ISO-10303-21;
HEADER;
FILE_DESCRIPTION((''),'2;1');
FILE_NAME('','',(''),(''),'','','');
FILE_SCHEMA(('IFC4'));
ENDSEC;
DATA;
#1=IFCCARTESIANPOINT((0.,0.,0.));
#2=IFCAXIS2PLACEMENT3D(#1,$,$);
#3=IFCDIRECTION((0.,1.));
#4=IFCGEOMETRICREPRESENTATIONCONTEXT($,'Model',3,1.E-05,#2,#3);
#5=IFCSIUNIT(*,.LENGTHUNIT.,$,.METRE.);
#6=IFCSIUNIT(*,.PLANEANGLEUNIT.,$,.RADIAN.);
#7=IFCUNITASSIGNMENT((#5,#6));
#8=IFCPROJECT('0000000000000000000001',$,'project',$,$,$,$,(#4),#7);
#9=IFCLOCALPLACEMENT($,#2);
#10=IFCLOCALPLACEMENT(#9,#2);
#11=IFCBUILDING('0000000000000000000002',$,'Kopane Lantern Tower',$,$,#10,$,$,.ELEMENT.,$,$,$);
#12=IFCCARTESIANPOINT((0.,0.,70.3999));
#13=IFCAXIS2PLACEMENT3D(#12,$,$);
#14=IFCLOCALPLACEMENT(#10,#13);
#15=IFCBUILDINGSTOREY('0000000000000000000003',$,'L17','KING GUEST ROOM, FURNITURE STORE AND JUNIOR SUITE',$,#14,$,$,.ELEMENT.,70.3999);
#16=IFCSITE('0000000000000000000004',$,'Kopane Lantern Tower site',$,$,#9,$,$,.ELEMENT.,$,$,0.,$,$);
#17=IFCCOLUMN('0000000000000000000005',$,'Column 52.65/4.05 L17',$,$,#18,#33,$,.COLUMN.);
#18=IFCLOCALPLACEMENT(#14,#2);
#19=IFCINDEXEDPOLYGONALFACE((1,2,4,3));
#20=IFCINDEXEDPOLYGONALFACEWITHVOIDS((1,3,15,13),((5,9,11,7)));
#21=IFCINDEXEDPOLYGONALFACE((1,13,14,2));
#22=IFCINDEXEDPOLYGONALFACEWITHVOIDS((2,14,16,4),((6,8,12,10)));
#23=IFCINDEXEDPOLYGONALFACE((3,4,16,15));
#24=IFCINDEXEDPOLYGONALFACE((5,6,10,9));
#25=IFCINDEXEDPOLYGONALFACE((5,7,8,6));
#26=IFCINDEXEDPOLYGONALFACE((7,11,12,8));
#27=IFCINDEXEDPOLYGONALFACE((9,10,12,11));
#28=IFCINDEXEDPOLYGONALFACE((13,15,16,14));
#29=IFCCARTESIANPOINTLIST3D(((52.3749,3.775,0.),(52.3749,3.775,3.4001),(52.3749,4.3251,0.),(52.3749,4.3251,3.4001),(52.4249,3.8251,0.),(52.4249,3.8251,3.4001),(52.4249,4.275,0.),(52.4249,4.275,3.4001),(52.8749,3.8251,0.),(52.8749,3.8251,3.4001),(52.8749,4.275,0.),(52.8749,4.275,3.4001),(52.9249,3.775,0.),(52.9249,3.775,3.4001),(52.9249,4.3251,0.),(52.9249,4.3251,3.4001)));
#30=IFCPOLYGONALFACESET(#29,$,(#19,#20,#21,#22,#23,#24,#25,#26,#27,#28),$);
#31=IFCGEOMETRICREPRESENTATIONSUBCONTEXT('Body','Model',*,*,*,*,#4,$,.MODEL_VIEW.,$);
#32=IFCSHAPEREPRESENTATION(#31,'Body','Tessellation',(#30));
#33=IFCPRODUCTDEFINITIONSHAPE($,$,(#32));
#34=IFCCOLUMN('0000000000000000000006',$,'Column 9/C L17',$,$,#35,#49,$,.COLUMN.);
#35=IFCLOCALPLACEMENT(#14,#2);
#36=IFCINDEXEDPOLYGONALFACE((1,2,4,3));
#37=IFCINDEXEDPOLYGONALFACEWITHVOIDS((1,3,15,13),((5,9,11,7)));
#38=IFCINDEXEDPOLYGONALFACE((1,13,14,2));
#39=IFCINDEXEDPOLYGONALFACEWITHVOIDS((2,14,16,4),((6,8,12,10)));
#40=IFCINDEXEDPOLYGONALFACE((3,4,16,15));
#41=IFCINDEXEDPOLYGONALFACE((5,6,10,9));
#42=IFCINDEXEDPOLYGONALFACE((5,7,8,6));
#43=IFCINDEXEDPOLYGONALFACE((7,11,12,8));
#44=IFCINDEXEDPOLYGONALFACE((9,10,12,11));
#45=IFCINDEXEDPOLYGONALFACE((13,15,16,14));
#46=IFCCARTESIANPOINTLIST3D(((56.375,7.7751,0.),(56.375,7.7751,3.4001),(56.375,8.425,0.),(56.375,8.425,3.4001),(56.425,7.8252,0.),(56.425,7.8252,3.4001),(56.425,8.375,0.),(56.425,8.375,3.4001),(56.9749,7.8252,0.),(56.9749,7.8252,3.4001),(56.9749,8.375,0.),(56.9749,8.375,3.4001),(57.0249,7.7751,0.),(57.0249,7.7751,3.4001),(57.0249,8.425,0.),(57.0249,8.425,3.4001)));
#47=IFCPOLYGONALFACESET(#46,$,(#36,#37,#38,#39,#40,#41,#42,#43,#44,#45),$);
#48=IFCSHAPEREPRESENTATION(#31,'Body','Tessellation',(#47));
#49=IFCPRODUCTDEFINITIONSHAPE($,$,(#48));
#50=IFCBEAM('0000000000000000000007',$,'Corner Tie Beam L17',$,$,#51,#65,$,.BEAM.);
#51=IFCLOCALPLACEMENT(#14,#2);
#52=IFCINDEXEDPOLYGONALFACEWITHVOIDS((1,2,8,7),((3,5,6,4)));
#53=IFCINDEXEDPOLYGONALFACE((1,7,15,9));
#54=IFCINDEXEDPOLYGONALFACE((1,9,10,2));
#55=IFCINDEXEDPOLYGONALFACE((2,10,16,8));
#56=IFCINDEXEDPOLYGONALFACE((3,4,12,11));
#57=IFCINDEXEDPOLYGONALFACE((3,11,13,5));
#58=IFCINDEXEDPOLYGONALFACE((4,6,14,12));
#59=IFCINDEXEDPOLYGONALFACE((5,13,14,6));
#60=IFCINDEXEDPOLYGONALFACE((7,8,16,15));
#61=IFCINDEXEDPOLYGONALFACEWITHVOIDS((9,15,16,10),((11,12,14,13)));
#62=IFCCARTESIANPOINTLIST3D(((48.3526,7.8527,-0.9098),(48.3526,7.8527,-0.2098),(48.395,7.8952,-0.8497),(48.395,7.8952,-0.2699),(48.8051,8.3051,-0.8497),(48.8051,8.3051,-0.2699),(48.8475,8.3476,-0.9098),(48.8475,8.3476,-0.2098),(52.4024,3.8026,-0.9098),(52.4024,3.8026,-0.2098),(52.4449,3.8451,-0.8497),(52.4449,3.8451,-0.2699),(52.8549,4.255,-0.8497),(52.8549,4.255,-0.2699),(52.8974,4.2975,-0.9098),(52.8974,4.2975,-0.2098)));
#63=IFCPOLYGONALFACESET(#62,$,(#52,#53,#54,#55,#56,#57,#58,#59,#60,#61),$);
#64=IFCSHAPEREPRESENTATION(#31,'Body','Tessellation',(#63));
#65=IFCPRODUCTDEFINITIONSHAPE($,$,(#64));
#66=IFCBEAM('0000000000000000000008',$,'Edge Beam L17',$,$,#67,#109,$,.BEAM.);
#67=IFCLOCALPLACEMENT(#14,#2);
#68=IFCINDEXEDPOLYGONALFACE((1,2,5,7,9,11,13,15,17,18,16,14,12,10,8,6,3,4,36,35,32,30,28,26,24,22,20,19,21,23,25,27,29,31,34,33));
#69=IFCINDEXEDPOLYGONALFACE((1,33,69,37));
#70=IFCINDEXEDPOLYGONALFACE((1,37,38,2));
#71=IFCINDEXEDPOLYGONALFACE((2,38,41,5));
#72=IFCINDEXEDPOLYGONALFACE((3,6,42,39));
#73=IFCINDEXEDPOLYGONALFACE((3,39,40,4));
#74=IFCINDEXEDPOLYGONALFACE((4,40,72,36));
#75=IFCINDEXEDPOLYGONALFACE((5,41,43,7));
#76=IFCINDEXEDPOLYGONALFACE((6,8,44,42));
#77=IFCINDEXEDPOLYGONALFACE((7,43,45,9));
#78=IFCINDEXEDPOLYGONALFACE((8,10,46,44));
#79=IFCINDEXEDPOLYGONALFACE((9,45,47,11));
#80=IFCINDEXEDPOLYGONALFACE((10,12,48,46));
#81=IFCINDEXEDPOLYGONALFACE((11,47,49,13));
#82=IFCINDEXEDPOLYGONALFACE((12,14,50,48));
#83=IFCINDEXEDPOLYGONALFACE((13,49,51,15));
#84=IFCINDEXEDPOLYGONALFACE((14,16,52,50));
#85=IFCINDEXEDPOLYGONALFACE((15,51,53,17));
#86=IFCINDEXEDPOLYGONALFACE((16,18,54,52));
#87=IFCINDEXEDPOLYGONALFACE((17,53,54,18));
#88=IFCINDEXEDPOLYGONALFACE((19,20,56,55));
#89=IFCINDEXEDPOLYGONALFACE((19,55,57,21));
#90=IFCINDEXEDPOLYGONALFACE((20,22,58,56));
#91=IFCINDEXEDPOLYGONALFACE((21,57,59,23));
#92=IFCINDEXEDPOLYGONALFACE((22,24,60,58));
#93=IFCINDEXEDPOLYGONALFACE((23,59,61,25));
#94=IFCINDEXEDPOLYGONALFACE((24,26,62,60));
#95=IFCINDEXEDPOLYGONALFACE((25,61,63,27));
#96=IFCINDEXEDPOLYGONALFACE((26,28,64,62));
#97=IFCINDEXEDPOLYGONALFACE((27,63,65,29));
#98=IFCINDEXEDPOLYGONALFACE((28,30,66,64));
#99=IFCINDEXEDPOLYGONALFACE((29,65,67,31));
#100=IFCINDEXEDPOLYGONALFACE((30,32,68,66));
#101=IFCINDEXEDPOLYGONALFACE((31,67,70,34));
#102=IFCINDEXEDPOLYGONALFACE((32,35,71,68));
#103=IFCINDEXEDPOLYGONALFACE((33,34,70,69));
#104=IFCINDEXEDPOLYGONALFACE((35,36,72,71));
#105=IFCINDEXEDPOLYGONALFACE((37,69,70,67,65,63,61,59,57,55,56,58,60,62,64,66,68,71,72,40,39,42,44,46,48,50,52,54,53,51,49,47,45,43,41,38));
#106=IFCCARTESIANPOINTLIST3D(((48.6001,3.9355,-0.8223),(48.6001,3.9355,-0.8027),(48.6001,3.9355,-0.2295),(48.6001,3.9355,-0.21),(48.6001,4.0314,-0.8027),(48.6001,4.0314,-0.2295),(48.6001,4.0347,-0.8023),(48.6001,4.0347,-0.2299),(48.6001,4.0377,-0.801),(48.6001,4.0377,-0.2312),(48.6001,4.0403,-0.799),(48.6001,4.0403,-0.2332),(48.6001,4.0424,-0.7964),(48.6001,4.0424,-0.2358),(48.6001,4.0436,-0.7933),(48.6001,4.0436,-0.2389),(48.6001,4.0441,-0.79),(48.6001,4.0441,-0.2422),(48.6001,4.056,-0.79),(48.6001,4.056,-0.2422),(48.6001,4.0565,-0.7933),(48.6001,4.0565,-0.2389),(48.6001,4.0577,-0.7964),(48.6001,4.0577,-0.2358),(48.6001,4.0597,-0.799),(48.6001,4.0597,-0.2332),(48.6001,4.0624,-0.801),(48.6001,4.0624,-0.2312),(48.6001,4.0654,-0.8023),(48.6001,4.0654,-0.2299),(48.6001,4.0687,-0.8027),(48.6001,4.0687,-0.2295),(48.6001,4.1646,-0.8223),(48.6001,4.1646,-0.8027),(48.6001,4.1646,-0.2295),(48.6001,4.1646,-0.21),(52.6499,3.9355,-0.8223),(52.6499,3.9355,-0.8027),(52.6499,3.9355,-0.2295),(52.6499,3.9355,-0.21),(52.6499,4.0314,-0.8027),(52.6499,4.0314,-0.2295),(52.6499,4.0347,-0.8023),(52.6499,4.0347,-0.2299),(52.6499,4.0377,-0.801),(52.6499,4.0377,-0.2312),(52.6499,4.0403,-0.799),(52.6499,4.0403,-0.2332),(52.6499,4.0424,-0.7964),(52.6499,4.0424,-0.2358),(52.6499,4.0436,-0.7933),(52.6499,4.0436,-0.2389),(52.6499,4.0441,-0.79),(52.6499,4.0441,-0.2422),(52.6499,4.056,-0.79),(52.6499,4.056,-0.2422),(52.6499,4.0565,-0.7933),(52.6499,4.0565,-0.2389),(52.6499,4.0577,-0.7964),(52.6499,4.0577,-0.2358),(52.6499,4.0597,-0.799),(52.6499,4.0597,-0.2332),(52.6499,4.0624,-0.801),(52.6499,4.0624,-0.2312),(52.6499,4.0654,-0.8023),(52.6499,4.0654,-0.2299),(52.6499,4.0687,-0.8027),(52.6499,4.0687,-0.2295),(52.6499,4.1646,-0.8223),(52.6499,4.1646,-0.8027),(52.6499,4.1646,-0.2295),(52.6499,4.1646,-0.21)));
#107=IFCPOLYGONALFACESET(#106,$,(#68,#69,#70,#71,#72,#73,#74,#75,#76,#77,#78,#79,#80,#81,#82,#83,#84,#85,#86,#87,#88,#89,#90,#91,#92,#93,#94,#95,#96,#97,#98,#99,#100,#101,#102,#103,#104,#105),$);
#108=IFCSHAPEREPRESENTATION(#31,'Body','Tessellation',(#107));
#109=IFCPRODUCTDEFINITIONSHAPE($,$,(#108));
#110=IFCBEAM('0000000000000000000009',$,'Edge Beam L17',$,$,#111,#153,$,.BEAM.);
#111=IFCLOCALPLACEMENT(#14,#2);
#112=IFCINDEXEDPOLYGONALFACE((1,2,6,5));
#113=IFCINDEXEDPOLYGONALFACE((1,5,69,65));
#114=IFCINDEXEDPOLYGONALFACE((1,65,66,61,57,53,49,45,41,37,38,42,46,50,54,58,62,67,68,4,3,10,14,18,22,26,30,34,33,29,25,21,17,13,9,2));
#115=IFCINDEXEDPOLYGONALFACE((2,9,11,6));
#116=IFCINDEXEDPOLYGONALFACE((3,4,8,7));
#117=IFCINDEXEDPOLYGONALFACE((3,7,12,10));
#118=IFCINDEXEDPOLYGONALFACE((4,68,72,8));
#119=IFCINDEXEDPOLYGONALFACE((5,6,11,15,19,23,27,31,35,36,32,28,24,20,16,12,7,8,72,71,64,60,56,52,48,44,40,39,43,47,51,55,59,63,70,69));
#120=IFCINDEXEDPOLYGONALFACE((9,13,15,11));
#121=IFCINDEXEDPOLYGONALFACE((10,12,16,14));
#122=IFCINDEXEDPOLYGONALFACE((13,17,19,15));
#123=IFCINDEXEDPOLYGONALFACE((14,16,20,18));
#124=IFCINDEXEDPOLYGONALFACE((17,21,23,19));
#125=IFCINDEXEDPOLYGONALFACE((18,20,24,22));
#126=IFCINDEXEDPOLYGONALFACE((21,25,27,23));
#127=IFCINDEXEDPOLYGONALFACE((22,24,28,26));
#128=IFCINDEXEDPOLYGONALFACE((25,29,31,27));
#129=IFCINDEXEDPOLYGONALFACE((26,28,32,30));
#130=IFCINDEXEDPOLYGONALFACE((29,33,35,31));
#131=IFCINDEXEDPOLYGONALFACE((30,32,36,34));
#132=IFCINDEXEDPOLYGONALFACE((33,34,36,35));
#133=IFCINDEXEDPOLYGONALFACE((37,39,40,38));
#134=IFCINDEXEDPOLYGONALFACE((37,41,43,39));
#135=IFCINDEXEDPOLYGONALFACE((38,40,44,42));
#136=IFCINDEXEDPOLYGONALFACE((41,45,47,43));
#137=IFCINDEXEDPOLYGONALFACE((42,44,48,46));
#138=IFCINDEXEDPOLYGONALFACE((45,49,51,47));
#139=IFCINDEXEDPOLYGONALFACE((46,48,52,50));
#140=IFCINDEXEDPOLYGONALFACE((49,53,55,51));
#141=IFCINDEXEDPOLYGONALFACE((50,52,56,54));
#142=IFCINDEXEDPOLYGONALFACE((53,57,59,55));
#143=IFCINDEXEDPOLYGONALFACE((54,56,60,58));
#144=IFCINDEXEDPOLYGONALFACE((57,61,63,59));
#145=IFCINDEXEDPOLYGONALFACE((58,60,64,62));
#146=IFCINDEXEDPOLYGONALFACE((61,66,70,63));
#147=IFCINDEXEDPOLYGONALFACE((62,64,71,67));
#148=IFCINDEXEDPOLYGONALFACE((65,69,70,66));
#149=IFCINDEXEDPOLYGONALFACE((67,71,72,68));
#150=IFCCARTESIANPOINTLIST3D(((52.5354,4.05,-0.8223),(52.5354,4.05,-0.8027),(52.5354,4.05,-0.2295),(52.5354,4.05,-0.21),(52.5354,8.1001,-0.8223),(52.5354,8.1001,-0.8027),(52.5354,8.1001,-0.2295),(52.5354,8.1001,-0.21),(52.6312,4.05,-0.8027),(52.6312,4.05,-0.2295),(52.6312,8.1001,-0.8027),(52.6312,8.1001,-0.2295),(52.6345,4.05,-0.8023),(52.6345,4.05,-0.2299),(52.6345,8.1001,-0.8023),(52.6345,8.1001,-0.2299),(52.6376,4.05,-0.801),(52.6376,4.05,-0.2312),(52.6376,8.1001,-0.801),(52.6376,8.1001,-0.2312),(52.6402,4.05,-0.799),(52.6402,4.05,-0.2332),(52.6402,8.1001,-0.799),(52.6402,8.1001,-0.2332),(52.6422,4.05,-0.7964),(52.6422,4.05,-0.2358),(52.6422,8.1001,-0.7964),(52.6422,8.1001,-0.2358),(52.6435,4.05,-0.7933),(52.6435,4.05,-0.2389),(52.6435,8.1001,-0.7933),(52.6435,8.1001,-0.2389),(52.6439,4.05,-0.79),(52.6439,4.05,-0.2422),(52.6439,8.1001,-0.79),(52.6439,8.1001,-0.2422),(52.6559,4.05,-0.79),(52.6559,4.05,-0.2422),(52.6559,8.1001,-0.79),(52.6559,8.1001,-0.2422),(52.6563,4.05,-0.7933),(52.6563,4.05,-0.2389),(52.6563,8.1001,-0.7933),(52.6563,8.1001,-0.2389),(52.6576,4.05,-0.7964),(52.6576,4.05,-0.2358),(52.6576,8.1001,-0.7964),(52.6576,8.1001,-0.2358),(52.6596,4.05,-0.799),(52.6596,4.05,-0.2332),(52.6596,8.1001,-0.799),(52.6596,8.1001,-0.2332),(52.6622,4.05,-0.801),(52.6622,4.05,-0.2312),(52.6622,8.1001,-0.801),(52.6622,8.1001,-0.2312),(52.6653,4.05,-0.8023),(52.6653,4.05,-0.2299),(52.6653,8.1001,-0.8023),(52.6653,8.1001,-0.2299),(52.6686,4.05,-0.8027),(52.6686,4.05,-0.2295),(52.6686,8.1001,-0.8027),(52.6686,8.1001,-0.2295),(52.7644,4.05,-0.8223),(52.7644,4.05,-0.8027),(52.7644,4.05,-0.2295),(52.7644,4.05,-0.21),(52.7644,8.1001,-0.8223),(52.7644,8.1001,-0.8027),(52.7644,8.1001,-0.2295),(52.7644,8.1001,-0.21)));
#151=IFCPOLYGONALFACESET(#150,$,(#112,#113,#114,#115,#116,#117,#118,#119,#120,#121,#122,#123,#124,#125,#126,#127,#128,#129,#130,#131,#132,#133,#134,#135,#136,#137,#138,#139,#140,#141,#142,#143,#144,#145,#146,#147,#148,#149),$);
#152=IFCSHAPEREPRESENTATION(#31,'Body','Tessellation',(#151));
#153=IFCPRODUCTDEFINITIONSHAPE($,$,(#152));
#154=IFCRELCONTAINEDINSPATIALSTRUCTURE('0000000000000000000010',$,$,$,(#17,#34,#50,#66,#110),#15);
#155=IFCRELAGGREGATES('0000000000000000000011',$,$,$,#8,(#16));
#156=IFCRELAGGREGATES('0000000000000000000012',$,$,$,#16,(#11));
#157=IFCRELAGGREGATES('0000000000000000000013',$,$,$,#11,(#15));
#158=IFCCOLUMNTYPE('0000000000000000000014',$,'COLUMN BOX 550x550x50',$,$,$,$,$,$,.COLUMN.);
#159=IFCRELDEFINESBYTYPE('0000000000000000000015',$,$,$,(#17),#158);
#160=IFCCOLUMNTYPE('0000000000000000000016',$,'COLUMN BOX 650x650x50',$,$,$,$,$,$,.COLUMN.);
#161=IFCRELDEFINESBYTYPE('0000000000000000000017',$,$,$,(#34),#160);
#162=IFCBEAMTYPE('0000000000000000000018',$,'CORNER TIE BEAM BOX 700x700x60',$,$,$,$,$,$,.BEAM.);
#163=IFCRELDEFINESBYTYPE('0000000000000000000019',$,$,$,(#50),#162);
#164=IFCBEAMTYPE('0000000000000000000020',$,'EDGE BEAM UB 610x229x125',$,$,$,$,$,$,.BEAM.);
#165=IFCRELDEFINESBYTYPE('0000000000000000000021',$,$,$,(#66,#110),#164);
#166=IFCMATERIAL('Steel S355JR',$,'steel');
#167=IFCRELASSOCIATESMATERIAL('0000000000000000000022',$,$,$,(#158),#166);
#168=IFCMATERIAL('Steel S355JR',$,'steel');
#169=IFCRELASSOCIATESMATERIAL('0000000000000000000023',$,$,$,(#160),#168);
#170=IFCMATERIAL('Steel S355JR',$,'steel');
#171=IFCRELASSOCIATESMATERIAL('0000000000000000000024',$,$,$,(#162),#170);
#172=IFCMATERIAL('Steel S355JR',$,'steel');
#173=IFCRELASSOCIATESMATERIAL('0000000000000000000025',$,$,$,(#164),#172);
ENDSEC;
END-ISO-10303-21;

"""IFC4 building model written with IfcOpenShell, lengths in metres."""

from ifc_helpers import new_model, si_unit, direction, frame, origin, origin_2d, place, context, subcontext, project, spatial, hollow_rectangle, i_section, extrude, material, material_profile, profile_set, type_object, element, save


model = new_model("IFC4")

# Units and contexts
model_context = context("Model", 3, precision=1e-05, world=origin(), true_north=direction((0.0, 1.0)))
body_context = subcontext(model_context, "Body", "Model", "MODEL_VIEW")
ifc_project = project(units=[si_unit("LENGTHUNIT", "METRE"), si_unit("PLANEANGLEUNIT", "RADIAN")], contexts=[model_context])

# Site, building, storey
site_placement = place(None, origin())
site = spatial("IfcSite", under=ifc_project, at=site_placement, Name="Kopane Lantern Tower site", CompositionType="ELEMENT", RefElevation=0.0)
building_placement = place(site_placement, origin())
building = spatial("IfcBuilding", under=site, at=building_placement, Name="Kopane Lantern Tower", CompositionType="ELEMENT")
storey_placement = place(building_placement, frame((0.0, 0.0, 70.3999)))
storey = spatial("IfcBuildingStorey", under=building, at=storey_placement, Name="L17", Description="KING GUEST ROOM, FURNITURE STORE AND JUNIOR SUITE", CompositionType="ELEMENT", Elevation=70.3999)

# Columns
ifc_material_1 = material(Name="Steel S355JR", Category="steel")
ifc_material_profile_1 = material_profile(ifc_material_1, hollow_rectangle(XDim=0.55, YDim=0.55, WallThickness=0.05, at=origin_2d()), Name="BOX 550x550x50")
ifc_profile_set_1 = profile_set([ifc_material_profile_1], Name="Steel S355JR")
column_type_1 = type_object("IfcColumnType", Name="COLUMN BOX 550x550x50", PredefinedType="COLUMN", material=ifc_profile_set_1)
column_1_placement = place(storey_placement, frame((52.6499, 4.05, 0.0), z_axis=(0.0, 0.0, 1.0), x_axis=(1.0, 0.0, 0.0)))
element("IfcColumn", 1, at=column_1_placement, inside=storey, type_object=column_type_1, Name="Column 52.65/4.05 L17", PredefinedType="COLUMN", context=body_context, shape_type="SweptSolid", body=[
    extrude(hollow_rectangle(XDim=0.55, YDim=0.55, WallThickness=0.05, at=origin_2d()), origin(), (0.0, 0.0, 1.0), 3.4001),
])
ifc_material_2 = material(Name="Steel S355JR", Category="steel")
ifc_material_profile_2 = material_profile(ifc_material_2, hollow_rectangle(XDim=0.6499, YDim=0.6499, WallThickness=0.05, at=origin_2d()), Name="BOX 650x650x50")
ifc_profile_set_2 = profile_set([ifc_material_profile_2], Name="Steel S355JR")
column_type_2 = type_object("IfcColumnType", Name="COLUMN BOX 650x650x50", PredefinedType="COLUMN", material=ifc_profile_set_2)
column_2_placement = place(storey_placement, frame((56.7, 8.1001, 0.0), z_axis=(0.0, 0.0, 1.0), x_axis=(1.0, 0.0, 0.0)))
element("IfcColumn", 2, at=column_2_placement, inside=storey, type_object=column_type_2, Name="Column 9/C L17", PredefinedType="COLUMN", context=body_context, shape_type="SweptSolid", body=[
    extrude(hollow_rectangle(XDim=0.6499, YDim=0.6499, WallThickness=0.05, at=origin_2d()), origin(), (0.0, 0.0, 1.0), 3.4001),
])

# Beams
ifc_material_3 = material(Name="Steel S355JR", Category="steel")
ifc_material_profile_3 = material_profile(ifc_material_3, hollow_rectangle(XDim=0.7, YDim=0.7, WallThickness=0.0601, at=origin_2d()), Name="BOX 700x700x60")
ifc_profile_set_3 = profile_set([ifc_material_profile_3], Name="Steel S355JR")
beam_type_1 = type_object("IfcBeamType", Name="CORNER TIE BEAM BOX 700x700x60", PredefinedType="BEAM", material=ifc_profile_set_3)
beam_1_placement = place(storey_placement, frame((52.6499, 4.05, -0.5598), z_axis=(-0.707085, 0.707128, 0.0), x_axis=(-0.707128, -0.707085, 0.0)))
element("IfcBeam", 3, at=beam_1_placement, inside=storey, type_object=beam_type_1, Name="Corner Tie Beam L17", PredefinedType="BEAM", context=body_context, shape_type="SweptSolid", body=[
    extrude(hollow_rectangle(XDim=0.7, YDim=0.7, WallThickness=0.0601, at=origin_2d()), origin(), (0.0, 0.0, 1.0), 5.7275),
])
ifc_material_4 = material(Name="Steel S355JR", Category="steel")
ifc_material_profile_4 = material_profile(ifc_material_4, i_section(OverallWidth=0.229, OverallDepth=0.6123, WebThickness=0.012, FlangeThickness=0.0195, FilletRadius=0.0127, at=origin_2d()), Name="UB 610x229x125")
ifc_profile_set_4 = profile_set([ifc_material_profile_4], Name="Steel S355JR")
beam_type_2 = type_object("IfcBeamType", Name="EDGE BEAM UB 610x229x125", PredefinedType="BEAM", material=ifc_profile_set_4)
beam_2_placement = place(storey_placement, frame((52.6499, 4.05, -0.5161), z_axis=(-1.0, 0.0, 0.0), x_axis=(0.0, -1.0, 0.0)))
element("IfcBeam", 4, at=beam_2_placement, inside=storey, type_object=beam_type_2, Name="Edge Beam L17", PredefinedType="BEAM", context=body_context, shape_type="SweptSolid", body=[
    extrude(i_section(OverallWidth=0.229, OverallDepth=0.6123, WebThickness=0.012, FlangeThickness=0.0195, FilletRadius=0.0127, at=origin_2d()), origin(), (0.0, 0.0, 1.0), 4.0498),
])
beam_3_placement = place(storey_placement, frame((52.6499, 4.05, -0.5161), z_axis=(0.0, 1.0, 0.0), x_axis=(-1.0, 0.0, 0.0)))
element("IfcBeam", 5, at=beam_3_placement, inside=storey, type_object=beam_type_2, Name="Edge Beam L17", PredefinedType="BEAM", context=body_context, shape_type="SweptSolid", body=[
    extrude(i_section(OverallWidth=0.229, OverallDepth=0.6123, WebThickness=0.012, FlangeThickness=0.0195, FilletRadius=0.0127, at=origin_2d()), origin(), (0.0, 0.0, 1.0), 4.05),
])

save(model, "model.ifc")
